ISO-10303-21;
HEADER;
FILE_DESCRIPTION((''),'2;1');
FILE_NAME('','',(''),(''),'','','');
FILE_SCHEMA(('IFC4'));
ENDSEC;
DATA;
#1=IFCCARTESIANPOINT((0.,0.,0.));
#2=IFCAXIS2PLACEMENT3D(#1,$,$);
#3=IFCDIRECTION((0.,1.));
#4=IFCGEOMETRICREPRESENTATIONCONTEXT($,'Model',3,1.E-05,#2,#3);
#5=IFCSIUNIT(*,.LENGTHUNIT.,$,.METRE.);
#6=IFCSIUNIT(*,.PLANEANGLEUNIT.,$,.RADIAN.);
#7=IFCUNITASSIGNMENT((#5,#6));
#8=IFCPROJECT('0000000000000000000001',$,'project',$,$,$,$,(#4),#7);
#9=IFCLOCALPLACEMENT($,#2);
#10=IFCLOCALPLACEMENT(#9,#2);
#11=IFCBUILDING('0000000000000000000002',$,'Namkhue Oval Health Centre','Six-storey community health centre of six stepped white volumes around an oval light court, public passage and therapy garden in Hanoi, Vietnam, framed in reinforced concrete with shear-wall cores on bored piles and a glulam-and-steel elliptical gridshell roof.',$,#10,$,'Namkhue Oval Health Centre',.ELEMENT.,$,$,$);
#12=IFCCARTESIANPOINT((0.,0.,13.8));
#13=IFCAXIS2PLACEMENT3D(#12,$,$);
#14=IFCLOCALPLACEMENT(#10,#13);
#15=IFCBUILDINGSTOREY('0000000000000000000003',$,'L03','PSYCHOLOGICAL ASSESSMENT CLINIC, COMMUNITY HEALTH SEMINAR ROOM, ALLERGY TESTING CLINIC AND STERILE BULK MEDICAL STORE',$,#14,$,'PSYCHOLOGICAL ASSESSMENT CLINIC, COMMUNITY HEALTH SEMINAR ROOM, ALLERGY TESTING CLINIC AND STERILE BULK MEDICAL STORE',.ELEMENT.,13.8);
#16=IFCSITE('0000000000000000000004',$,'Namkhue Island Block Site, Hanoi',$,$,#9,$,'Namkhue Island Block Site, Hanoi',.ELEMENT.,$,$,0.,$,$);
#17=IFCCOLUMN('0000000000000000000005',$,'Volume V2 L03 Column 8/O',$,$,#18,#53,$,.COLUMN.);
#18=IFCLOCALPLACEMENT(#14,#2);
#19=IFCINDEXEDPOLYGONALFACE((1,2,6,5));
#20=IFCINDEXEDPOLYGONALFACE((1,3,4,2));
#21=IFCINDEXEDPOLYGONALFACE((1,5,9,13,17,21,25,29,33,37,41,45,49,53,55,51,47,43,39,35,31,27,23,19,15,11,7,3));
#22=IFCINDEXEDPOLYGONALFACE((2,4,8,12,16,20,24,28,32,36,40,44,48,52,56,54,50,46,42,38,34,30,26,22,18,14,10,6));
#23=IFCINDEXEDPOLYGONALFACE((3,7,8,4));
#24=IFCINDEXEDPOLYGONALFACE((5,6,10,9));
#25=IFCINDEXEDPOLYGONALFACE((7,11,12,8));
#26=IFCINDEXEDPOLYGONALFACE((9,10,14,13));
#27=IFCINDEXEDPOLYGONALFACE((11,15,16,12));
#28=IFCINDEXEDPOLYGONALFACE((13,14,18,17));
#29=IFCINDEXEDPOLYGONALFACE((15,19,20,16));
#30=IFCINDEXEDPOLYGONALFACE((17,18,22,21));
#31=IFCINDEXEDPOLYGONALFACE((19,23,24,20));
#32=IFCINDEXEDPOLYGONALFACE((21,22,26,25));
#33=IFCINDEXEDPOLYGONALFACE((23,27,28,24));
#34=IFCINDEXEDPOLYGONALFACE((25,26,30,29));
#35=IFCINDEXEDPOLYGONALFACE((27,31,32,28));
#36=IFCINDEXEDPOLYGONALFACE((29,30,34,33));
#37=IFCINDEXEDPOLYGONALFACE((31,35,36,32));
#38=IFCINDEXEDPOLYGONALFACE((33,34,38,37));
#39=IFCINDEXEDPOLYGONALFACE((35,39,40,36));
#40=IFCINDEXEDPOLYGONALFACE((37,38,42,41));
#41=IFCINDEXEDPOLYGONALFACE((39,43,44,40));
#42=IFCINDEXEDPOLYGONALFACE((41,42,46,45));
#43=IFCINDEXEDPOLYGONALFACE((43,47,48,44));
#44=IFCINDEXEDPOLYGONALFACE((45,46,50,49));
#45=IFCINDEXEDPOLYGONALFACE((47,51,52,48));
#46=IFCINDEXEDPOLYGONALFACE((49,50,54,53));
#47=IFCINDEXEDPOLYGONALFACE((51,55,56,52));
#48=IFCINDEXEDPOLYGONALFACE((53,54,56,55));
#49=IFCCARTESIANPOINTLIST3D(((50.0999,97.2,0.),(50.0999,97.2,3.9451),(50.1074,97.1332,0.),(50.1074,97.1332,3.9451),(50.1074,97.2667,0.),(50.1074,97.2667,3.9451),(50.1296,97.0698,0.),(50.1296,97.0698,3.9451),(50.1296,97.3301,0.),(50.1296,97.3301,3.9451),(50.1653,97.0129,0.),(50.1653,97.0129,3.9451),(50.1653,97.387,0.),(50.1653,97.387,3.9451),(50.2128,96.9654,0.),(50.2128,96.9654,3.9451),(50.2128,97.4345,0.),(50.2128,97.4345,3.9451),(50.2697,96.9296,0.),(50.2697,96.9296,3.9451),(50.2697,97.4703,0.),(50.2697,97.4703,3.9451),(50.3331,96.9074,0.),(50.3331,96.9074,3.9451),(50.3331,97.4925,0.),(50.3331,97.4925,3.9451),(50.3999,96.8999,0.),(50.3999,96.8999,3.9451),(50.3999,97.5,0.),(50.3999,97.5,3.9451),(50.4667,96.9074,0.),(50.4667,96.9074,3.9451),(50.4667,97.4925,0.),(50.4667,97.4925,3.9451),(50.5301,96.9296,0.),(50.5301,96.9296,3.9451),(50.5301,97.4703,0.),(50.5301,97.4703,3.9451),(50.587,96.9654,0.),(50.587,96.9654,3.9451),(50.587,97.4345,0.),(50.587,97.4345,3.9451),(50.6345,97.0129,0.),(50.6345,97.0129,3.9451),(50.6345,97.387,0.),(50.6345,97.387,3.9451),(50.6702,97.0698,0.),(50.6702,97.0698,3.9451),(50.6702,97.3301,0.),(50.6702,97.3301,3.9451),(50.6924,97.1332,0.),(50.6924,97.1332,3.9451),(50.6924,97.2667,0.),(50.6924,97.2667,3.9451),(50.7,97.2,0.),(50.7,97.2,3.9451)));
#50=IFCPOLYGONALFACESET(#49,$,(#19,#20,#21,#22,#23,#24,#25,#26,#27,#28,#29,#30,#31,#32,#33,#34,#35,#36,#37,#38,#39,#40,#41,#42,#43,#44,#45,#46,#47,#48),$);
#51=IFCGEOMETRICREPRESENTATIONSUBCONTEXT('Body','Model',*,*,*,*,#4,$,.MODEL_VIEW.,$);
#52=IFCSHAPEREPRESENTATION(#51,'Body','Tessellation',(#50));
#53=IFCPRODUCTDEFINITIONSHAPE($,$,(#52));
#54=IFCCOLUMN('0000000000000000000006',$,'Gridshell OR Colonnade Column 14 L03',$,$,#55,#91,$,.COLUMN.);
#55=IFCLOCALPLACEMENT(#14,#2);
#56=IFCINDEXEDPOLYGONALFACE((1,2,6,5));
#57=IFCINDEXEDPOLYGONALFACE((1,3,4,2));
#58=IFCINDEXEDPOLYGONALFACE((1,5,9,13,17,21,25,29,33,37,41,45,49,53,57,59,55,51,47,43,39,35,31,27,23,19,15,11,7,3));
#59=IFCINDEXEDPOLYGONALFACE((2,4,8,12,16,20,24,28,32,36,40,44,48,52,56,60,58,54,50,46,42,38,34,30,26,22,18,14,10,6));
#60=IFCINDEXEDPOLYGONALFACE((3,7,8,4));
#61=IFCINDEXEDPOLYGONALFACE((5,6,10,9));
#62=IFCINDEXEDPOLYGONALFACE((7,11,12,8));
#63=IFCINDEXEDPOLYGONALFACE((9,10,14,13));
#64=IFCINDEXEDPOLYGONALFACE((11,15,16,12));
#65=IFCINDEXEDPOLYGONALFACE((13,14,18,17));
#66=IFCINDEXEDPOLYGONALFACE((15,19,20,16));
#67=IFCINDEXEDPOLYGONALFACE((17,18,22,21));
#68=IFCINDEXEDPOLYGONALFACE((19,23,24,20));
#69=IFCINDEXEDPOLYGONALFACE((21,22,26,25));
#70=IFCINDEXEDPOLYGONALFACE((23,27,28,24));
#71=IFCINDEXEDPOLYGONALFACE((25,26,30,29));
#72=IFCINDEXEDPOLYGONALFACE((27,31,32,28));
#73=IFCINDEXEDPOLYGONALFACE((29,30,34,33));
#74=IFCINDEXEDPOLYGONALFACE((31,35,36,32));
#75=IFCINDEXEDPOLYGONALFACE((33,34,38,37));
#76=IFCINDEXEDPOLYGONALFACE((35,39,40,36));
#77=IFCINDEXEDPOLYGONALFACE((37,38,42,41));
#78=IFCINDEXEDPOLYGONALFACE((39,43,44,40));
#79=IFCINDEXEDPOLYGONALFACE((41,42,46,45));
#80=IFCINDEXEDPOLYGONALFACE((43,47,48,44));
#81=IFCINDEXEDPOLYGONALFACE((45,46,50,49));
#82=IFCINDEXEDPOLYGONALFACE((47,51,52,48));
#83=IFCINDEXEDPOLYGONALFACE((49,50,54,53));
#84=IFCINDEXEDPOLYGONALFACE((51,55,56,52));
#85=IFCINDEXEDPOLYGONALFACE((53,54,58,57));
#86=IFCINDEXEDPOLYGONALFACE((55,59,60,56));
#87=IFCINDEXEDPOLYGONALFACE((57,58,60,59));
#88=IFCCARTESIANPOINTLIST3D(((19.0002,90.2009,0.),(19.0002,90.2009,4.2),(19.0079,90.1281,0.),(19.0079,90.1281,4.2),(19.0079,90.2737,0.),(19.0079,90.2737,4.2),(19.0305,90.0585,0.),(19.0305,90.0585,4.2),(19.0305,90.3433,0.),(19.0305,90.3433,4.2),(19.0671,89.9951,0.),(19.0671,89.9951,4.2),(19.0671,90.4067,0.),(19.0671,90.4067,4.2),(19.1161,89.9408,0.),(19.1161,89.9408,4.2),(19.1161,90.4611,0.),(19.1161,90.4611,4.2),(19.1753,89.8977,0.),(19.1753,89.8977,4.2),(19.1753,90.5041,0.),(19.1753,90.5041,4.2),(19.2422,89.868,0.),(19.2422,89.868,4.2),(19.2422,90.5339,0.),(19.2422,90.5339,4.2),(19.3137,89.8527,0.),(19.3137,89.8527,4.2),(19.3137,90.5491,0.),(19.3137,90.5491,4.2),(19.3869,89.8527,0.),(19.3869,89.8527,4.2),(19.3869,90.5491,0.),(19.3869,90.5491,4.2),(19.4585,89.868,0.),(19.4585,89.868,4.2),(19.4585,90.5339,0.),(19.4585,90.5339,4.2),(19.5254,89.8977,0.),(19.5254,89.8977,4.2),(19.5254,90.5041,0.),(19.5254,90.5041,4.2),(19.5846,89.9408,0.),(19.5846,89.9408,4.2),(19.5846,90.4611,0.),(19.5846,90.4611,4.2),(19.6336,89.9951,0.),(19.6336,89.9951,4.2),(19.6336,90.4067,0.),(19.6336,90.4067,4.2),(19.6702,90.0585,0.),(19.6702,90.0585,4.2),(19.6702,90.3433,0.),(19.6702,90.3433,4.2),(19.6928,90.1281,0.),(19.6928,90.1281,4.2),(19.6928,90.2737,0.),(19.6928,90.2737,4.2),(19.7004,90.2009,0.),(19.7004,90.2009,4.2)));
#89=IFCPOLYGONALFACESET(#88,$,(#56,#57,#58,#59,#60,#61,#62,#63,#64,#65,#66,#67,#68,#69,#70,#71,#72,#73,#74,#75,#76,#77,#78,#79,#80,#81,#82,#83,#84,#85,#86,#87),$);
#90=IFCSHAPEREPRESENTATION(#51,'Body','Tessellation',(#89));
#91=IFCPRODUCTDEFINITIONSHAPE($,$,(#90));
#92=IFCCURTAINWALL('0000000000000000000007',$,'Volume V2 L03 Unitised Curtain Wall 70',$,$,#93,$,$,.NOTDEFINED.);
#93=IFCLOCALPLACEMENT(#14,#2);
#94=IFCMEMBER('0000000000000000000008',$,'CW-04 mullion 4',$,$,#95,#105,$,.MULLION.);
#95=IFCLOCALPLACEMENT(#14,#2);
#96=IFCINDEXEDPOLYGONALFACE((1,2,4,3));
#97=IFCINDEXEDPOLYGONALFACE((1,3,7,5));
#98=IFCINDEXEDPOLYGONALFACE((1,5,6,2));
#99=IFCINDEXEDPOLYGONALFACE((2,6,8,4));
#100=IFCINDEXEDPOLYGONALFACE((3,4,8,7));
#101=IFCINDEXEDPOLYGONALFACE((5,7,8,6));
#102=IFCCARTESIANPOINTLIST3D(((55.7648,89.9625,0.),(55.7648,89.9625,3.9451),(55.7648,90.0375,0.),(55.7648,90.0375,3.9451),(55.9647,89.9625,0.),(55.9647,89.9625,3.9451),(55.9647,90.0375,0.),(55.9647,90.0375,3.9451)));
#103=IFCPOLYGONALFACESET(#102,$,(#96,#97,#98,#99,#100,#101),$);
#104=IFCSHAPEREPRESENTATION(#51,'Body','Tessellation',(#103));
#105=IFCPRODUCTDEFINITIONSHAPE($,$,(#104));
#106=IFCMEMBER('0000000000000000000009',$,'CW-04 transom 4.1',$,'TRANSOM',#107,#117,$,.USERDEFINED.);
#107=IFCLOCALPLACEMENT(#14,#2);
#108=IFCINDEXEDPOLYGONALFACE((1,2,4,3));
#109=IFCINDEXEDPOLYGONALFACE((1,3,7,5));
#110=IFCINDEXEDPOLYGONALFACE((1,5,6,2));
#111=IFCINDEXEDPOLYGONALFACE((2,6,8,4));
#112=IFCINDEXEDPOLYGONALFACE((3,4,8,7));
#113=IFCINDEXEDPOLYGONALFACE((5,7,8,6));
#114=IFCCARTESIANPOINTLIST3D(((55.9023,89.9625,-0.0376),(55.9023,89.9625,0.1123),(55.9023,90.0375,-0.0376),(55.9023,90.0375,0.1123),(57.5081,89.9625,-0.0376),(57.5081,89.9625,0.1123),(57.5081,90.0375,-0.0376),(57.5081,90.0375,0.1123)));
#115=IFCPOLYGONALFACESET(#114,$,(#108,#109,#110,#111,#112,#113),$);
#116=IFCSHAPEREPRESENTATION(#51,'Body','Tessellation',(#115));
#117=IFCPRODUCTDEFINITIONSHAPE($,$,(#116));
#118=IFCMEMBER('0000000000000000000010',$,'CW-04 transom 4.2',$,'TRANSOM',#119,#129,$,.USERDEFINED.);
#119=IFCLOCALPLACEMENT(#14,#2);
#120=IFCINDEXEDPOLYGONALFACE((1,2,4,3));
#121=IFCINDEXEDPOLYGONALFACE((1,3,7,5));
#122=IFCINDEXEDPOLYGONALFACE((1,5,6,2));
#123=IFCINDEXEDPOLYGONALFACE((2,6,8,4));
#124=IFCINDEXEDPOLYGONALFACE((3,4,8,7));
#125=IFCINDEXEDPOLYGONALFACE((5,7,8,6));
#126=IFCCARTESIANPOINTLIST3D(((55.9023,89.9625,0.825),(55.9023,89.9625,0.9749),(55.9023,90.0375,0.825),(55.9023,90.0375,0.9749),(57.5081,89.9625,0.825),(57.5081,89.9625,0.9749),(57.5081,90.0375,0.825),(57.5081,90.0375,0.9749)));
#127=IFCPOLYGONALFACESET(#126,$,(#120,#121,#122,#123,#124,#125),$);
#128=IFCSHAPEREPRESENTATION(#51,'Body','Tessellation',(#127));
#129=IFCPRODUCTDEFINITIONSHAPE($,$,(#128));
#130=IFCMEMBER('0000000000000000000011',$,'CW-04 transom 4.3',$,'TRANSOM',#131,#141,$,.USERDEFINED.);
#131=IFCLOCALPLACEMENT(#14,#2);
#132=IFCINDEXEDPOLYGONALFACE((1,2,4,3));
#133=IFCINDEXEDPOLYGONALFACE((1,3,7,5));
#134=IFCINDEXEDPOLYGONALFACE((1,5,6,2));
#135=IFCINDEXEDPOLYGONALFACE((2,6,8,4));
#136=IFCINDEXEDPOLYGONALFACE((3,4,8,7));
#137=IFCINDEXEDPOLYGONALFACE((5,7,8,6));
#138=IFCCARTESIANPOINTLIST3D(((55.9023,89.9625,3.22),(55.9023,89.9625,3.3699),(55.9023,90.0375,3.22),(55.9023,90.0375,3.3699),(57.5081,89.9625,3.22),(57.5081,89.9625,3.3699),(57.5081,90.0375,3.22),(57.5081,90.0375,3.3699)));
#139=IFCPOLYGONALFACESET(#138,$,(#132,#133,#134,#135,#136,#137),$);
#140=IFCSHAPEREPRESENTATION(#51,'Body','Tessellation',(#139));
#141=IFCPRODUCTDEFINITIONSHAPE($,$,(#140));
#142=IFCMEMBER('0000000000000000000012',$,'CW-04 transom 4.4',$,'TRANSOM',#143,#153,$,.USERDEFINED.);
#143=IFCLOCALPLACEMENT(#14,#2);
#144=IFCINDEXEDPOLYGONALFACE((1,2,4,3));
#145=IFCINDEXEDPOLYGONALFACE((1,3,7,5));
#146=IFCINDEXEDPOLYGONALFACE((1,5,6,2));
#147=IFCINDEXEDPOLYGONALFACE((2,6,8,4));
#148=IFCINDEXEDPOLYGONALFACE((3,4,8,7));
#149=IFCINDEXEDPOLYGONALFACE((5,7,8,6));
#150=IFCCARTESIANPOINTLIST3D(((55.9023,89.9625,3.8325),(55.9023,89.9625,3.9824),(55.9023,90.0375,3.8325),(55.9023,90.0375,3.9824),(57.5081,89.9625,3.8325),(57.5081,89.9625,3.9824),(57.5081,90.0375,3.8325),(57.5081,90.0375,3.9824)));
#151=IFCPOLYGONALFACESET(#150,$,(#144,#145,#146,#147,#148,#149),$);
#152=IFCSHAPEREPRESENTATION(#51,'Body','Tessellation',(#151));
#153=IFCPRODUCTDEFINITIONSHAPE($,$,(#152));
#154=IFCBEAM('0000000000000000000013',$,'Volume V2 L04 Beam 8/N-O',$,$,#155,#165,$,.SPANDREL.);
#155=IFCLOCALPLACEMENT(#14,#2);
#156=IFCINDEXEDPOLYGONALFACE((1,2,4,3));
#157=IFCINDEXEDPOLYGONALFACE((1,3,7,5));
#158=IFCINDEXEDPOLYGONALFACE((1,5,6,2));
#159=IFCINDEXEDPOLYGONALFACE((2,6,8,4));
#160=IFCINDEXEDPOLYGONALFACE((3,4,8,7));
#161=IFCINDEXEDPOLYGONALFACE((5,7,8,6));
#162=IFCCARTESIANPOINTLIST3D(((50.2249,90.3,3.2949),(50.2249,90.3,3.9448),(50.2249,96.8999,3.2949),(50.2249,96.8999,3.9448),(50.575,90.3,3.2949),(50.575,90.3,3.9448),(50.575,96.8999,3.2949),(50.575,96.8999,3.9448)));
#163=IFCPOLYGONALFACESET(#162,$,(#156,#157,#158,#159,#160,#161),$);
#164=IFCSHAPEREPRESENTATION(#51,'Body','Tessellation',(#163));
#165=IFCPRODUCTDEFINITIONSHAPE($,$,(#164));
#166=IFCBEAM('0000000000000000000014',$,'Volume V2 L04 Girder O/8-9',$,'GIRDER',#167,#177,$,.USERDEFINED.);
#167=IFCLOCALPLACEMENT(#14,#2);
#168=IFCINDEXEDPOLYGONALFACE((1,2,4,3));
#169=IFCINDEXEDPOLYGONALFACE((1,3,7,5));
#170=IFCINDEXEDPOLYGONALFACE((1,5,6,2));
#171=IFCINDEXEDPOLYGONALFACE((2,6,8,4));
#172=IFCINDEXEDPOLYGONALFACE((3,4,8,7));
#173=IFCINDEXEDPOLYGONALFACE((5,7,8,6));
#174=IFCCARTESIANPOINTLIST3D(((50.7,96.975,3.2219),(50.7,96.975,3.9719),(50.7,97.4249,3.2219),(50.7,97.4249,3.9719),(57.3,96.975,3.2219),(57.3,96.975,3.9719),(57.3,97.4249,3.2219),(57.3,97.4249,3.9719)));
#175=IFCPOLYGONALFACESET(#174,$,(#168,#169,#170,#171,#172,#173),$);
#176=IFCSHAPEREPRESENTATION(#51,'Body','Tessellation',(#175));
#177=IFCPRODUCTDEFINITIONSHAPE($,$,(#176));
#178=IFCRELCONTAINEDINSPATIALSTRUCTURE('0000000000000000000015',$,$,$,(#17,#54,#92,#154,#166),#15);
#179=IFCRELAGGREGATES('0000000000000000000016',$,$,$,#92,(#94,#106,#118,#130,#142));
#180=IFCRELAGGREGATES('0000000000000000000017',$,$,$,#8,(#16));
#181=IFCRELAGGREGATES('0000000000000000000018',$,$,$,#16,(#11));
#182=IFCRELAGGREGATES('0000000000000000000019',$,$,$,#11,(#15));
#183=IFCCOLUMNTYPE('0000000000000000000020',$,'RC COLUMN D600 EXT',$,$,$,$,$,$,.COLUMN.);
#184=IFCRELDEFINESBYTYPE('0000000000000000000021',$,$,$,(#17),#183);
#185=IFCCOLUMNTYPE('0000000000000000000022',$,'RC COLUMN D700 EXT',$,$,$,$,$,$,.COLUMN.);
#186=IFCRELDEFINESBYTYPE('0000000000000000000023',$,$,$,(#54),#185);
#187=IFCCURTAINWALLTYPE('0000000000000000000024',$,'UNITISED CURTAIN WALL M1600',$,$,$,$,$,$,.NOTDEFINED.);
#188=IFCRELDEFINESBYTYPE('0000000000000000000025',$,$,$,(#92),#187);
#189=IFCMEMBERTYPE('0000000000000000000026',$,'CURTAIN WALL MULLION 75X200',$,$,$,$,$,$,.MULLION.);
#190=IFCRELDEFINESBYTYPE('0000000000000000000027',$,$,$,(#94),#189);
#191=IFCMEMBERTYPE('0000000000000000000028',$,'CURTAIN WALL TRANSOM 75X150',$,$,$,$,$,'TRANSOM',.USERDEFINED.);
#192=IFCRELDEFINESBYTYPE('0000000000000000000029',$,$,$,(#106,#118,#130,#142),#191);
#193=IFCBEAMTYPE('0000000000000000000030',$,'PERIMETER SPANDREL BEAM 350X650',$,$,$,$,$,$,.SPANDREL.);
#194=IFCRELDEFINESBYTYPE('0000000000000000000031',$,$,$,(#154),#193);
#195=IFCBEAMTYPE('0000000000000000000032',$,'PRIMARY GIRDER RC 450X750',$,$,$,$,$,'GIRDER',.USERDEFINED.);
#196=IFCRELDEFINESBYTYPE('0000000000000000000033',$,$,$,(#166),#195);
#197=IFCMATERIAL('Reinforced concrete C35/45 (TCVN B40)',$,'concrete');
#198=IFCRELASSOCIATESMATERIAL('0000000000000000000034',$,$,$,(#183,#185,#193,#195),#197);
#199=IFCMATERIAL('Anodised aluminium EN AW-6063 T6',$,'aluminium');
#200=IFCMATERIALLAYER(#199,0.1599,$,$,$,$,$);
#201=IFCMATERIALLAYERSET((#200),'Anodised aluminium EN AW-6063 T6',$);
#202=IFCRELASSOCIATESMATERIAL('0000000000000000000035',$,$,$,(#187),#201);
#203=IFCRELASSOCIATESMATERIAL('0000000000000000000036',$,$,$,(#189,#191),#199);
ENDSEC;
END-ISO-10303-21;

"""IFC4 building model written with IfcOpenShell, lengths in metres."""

from ifc_helpers import new_model, si_unit, direction, frame, origin, origin_2d, place, context, subcontext, project, spatial, rectangle, circle, extrude, material, layer, layer_set, material_profile, profile_set, type_object, element, aggregate, save


model = new_model("IFC4")

# Units and contexts
model_context = context("Model", 3, precision=1e-05, world=origin(), true_north=direction((0.0, 1.0)))
body_context = subcontext(model_context, "Body", "Model", "MODEL_VIEW")
ifc_project = project(units=[si_unit("LENGTHUNIT", "METRE"), si_unit("PLANEANGLEUNIT", "RADIAN")], contexts=[model_context])

# Site, building, storey
site_placement = place(None, origin())
site = spatial("IfcSite", under=ifc_project, at=site_placement, Name="Namkhue Island Block Site, Hanoi", LongName="Namkhue Island Block Site, Hanoi", CompositionType="ELEMENT", RefElevation=0.0)
building_placement = place(site_placement, origin())
building = spatial("IfcBuilding", under=site, at=building_placement, Name="Namkhue Oval Health Centre", Description="Six-storey community health centre of six stepped white volumes around an oval light court, public passage and therapy garden in Hanoi, Vietnam, framed in reinforced concrete with shear-wall cores on bored piles and a glulam-and-steel elliptical gridshell roof.", LongName="Namkhue Oval Health Centre", CompositionType="ELEMENT")
storey_placement = place(building_placement, frame((0.0, 0.0, 13.8)))
storey = spatial("IfcBuildingStorey", under=building, at=storey_placement, Name="L03", Description="PSYCHOLOGICAL ASSESSMENT CLINIC, COMMUNITY HEALTH SEMINAR ROOM, ALLERGY TESTING CLINIC AND STERILE BULK MEDICAL STORE", LongName="PSYCHOLOGICAL ASSESSMENT CLINIC, COMMUNITY HEALTH SEMINAR ROOM, ALLERGY TESTING CLINIC AND STERILE BULK MEDICAL STORE", CompositionType="ELEMENT", Elevation=13.8)

# Columns
ifc_material_1 = material(Name="Reinforced concrete C35/45 (TCVN B40)", Category="concrete")
ifc_material_profile_1 = material_profile(ifc_material_1, circle(Radius=0.3, at=origin_2d()), Name="RC D600")
ifc_profile_set_1 = profile_set([ifc_material_profile_1], Name="Reinforced concrete C35/45 (TCVN B40)")
column_type_1 = type_object("IfcColumnType", Name="RC COLUMN D600 EXT", PredefinedType="COLUMN", material=ifc_profile_set_1)
column_1_placement = place(storey_placement, frame((50.3999, 97.2, 0.0), z_axis=(0.0, 0.0, 1.0), x_axis=(1.0, 0.0, 0.0)))
element("IfcColumn", 1, at=column_1_placement, inside=storey, type_object=column_type_1, Name="Volume V2 L03 Column 8/O", PredefinedType="COLUMN", context=body_context, shape_type="SweptSolid", body=[
    extrude(circle(Radius=0.3, at=origin_2d()), origin(), (0.0, 0.0, 1.0), 3.9451),
])
ifc_material_profile_2 = material_profile(ifc_material_1, circle(Radius=0.3501, at=origin_2d()), Name="RC D700")
ifc_profile_set_2 = profile_set([ifc_material_profile_2], Name="Reinforced concrete C35/45 (TCVN B40)")
column_type_2 = type_object("IfcColumnType", Name="RC COLUMN D700 EXT", PredefinedType="COLUMN", material=ifc_profile_set_2)
column_2_placement = place(storey_placement, frame((19.3503, 90.2009, 0.0), z_axis=(0.0, 0.0, 1.0), x_axis=(1.0, 0.0, 0.0)))
element("IfcColumn", 2, at=column_2_placement, inside=storey, type_object=column_type_2, Name="Gridshell OR Colonnade Column 14 L03", PredefinedType="COLUMN", context=body_context, shape_type="SweptSolid", body=[
    extrude(circle(Radius=0.3501, at=origin_2d()), origin(), (0.0, 0.0, 1.0), 4.2),
])

# Curtain wall, members
ifc_material_2 = material(Name="Anodised aluminium EN AW-6063 T6", Category="aluminium")
ifc_layer_1 = layer(ifc_material_2, 0.1599)
ifc_layer_set_1 = layer_set([ifc_layer_1], Name="Anodised aluminium EN AW-6063 T6")
curtain_wall_type = type_object("IfcCurtainWallType", Name="UNITISED CURTAIN WALL M1600", PredefinedType="NOTDEFINED", material=ifc_layer_set_1)
curtain_wall_placement = place(storey_placement, origin())
curtain_wall = element("IfcCurtainWall", 3, at=curtain_wall_placement, inside=storey, type_object=curtain_wall_type, Name="Volume V2 L03 Unitised Curtain Wall 70", PredefinedType="NOTDEFINED")
ifc_material_profile_3 = material_profile(ifc_material_2, rectangle(XDim=0.075, YDim=0.2, at=origin_2d()), Name="ALU 75x200")
ifc_profile_set_3 = profile_set([ifc_material_profile_3], Name="Anodised aluminium EN AW-6063 T6")
member_type_1 = type_object("IfcMemberType", Name="CURTAIN WALL MULLION 75X200", PredefinedType="MULLION", material=ifc_profile_set_3)
member_1_placement = place(storey_placement, frame((55.8647, 90.0, 0.0), z_axis=(0.0, 0.0, 1.0), x_axis=(0.0, 1.0, 0.0)))
member_1 = element("IfcMember", 4, at=member_1_placement, type_object=member_type_1, Name="CW-04 mullion 4", PredefinedType="MULLION", context=body_context, shape_type="SweptSolid", body=[
    extrude(rectangle(XDim=0.075, YDim=0.2, at=origin_2d()), origin(), (0.0, 0.0, 1.0), 3.9451),
])
ifc_material_profile_4 = material_profile(ifc_material_2, rectangle(XDim=0.075, YDim=0.1499, at=origin_2d()), Name="ALU 75x150")
ifc_profile_set_4 = profile_set([ifc_material_profile_4], Name="Anodised aluminium EN AW-6063 T6")
member_type_2 = type_object("IfcMemberType", Name="CURTAIN WALL TRANSOM 75X150", ElementType="TRANSOM", PredefinedType="USERDEFINED", material=ifc_profile_set_4)
member_2_placement = place(storey_placement, frame((55.9023, 90.0, 0.0374), z_axis=(1.0, 0.0, 0.0), x_axis=(0.0, 1.0, 0.0)))
member_2 = element("IfcMember", 5, at=member_2_placement, type_object=member_type_2, Name="CW-04 transom 4.1", ObjectType="TRANSOM", PredefinedType="USERDEFINED", context=body_context, shape_type="SweptSolid", body=[
    extrude(rectangle(XDim=0.075, YDim=0.1499, at=origin_2d()), origin(), (0.0, 0.0, 1.0), 1.6057),
])
member_3_placement = place(storey_placement, frame((55.9023, 90.0, 0.8999), z_axis=(1.0, 0.0, 0.0), x_axis=(0.0, 1.0, 0.0)))
member_3 = element("IfcMember", 6, at=member_3_placement, type_object=member_type_2, Name="CW-04 transom 4.2", ObjectType="TRANSOM", PredefinedType="USERDEFINED", context=body_context, shape_type="SweptSolid", body=[
    extrude(rectangle(XDim=0.075, YDim=0.1499, at=origin_2d()), origin(), (0.0, 0.0, 1.0), 1.6057),
])
member_4_placement = place(storey_placement, frame((55.9023, 90.0, 3.2949), z_axis=(1.0, 0.0, 0.0), x_axis=(0.0, 1.0, 0.0)))
member_4 = element("IfcMember", 7, at=member_4_placement, type_object=member_type_2, Name="CW-04 transom 4.3", ObjectType="TRANSOM", PredefinedType="USERDEFINED", context=body_context, shape_type="SweptSolid", body=[
    extrude(rectangle(XDim=0.075, YDim=0.1499, at=origin_2d()), origin(), (0.0, 0.0, 1.0), 1.6057),
])
member_5_placement = place(storey_placement, frame((55.9023, 90.0, 3.9075), z_axis=(1.0, 0.0, 0.0), x_axis=(0.0, 1.0, 0.0)))
member_5 = element("IfcMember", 8, at=member_5_placement, type_object=member_type_2, Name="CW-04 transom 4.4", ObjectType="TRANSOM", PredefinedType="USERDEFINED", context=body_context, shape_type="SweptSolid", body=[
    extrude(rectangle(XDim=0.075, YDim=0.1499, at=origin_2d()), origin(), (0.0, 0.0, 1.0), 1.6057),
])

# Beams
ifc_material_profile_5 = material_profile(ifc_material_1, rectangle(XDim=0.3501, YDim=0.6499, at=origin_2d()), Name="RC 350x650")
ifc_profile_set_5 = profile_set([ifc_material_profile_5], Name="Reinforced concrete C35/45 (TCVN B40)")
beam_type_1 = type_object("IfcBeamType", Name="PERIMETER SPANDREL BEAM 350X650", PredefinedType="SPANDREL", material=ifc_profile_set_5)
beam_1_placement = place(storey_placement, frame((50.3999, 90.3, 3.6199), z_axis=(0.0, 1.0, 0.0), x_axis=(-1.0, 0.0, 0.0)))
element("IfcBeam", 9, at=beam_1_placement, inside=storey, type_object=beam_type_1, Name="Volume V2 L04 Beam 8/N-O", PredefinedType="SPANDREL", context=body_context, shape_type="SweptSolid", body=[
    extrude(rectangle(XDim=0.3501, YDim=0.6499, at=origin_2d()), origin(), (0.0, 0.0, 1.0), 6.5999),
])
ifc_material_profile_6 = material_profile(ifc_material_1, rectangle(XDim=0.45, YDim=0.75, at=origin_2d()), Name="RC 450x750")
ifc_profile_set_6 = profile_set([ifc_material_profile_6], Name="Reinforced concrete C35/45 (TCVN B40)")
beam_type_2 = type_object("IfcBeamType", Name="PRIMARY GIRDER RC 450X750", ElementType="GIRDER", PredefinedType="USERDEFINED", material=ifc_profile_set_6)
beam_2_placement = place(storey_placement, frame((50.7, 97.2, 3.5969), z_axis=(1.0, 0.0, 0.0), x_axis=(0.0, 1.0, 0.0)))
element("IfcBeam", 10, at=beam_2_placement, inside=storey, type_object=beam_type_2, Name="Volume V2 L04 Girder O/8-9", ObjectType="GIRDER", PredefinedType="USERDEFINED", context=body_context, shape_type="SweptSolid", body=[
    extrude(rectangle(XDim=0.45, YDim=0.75, at=origin_2d()), origin(), (0.0, 0.0, 1.0), 6.6001),
])

aggregate(curtain_wall, [member_1, member_2, member_3, member_4, member_5])

save(model, "model.ifc")
